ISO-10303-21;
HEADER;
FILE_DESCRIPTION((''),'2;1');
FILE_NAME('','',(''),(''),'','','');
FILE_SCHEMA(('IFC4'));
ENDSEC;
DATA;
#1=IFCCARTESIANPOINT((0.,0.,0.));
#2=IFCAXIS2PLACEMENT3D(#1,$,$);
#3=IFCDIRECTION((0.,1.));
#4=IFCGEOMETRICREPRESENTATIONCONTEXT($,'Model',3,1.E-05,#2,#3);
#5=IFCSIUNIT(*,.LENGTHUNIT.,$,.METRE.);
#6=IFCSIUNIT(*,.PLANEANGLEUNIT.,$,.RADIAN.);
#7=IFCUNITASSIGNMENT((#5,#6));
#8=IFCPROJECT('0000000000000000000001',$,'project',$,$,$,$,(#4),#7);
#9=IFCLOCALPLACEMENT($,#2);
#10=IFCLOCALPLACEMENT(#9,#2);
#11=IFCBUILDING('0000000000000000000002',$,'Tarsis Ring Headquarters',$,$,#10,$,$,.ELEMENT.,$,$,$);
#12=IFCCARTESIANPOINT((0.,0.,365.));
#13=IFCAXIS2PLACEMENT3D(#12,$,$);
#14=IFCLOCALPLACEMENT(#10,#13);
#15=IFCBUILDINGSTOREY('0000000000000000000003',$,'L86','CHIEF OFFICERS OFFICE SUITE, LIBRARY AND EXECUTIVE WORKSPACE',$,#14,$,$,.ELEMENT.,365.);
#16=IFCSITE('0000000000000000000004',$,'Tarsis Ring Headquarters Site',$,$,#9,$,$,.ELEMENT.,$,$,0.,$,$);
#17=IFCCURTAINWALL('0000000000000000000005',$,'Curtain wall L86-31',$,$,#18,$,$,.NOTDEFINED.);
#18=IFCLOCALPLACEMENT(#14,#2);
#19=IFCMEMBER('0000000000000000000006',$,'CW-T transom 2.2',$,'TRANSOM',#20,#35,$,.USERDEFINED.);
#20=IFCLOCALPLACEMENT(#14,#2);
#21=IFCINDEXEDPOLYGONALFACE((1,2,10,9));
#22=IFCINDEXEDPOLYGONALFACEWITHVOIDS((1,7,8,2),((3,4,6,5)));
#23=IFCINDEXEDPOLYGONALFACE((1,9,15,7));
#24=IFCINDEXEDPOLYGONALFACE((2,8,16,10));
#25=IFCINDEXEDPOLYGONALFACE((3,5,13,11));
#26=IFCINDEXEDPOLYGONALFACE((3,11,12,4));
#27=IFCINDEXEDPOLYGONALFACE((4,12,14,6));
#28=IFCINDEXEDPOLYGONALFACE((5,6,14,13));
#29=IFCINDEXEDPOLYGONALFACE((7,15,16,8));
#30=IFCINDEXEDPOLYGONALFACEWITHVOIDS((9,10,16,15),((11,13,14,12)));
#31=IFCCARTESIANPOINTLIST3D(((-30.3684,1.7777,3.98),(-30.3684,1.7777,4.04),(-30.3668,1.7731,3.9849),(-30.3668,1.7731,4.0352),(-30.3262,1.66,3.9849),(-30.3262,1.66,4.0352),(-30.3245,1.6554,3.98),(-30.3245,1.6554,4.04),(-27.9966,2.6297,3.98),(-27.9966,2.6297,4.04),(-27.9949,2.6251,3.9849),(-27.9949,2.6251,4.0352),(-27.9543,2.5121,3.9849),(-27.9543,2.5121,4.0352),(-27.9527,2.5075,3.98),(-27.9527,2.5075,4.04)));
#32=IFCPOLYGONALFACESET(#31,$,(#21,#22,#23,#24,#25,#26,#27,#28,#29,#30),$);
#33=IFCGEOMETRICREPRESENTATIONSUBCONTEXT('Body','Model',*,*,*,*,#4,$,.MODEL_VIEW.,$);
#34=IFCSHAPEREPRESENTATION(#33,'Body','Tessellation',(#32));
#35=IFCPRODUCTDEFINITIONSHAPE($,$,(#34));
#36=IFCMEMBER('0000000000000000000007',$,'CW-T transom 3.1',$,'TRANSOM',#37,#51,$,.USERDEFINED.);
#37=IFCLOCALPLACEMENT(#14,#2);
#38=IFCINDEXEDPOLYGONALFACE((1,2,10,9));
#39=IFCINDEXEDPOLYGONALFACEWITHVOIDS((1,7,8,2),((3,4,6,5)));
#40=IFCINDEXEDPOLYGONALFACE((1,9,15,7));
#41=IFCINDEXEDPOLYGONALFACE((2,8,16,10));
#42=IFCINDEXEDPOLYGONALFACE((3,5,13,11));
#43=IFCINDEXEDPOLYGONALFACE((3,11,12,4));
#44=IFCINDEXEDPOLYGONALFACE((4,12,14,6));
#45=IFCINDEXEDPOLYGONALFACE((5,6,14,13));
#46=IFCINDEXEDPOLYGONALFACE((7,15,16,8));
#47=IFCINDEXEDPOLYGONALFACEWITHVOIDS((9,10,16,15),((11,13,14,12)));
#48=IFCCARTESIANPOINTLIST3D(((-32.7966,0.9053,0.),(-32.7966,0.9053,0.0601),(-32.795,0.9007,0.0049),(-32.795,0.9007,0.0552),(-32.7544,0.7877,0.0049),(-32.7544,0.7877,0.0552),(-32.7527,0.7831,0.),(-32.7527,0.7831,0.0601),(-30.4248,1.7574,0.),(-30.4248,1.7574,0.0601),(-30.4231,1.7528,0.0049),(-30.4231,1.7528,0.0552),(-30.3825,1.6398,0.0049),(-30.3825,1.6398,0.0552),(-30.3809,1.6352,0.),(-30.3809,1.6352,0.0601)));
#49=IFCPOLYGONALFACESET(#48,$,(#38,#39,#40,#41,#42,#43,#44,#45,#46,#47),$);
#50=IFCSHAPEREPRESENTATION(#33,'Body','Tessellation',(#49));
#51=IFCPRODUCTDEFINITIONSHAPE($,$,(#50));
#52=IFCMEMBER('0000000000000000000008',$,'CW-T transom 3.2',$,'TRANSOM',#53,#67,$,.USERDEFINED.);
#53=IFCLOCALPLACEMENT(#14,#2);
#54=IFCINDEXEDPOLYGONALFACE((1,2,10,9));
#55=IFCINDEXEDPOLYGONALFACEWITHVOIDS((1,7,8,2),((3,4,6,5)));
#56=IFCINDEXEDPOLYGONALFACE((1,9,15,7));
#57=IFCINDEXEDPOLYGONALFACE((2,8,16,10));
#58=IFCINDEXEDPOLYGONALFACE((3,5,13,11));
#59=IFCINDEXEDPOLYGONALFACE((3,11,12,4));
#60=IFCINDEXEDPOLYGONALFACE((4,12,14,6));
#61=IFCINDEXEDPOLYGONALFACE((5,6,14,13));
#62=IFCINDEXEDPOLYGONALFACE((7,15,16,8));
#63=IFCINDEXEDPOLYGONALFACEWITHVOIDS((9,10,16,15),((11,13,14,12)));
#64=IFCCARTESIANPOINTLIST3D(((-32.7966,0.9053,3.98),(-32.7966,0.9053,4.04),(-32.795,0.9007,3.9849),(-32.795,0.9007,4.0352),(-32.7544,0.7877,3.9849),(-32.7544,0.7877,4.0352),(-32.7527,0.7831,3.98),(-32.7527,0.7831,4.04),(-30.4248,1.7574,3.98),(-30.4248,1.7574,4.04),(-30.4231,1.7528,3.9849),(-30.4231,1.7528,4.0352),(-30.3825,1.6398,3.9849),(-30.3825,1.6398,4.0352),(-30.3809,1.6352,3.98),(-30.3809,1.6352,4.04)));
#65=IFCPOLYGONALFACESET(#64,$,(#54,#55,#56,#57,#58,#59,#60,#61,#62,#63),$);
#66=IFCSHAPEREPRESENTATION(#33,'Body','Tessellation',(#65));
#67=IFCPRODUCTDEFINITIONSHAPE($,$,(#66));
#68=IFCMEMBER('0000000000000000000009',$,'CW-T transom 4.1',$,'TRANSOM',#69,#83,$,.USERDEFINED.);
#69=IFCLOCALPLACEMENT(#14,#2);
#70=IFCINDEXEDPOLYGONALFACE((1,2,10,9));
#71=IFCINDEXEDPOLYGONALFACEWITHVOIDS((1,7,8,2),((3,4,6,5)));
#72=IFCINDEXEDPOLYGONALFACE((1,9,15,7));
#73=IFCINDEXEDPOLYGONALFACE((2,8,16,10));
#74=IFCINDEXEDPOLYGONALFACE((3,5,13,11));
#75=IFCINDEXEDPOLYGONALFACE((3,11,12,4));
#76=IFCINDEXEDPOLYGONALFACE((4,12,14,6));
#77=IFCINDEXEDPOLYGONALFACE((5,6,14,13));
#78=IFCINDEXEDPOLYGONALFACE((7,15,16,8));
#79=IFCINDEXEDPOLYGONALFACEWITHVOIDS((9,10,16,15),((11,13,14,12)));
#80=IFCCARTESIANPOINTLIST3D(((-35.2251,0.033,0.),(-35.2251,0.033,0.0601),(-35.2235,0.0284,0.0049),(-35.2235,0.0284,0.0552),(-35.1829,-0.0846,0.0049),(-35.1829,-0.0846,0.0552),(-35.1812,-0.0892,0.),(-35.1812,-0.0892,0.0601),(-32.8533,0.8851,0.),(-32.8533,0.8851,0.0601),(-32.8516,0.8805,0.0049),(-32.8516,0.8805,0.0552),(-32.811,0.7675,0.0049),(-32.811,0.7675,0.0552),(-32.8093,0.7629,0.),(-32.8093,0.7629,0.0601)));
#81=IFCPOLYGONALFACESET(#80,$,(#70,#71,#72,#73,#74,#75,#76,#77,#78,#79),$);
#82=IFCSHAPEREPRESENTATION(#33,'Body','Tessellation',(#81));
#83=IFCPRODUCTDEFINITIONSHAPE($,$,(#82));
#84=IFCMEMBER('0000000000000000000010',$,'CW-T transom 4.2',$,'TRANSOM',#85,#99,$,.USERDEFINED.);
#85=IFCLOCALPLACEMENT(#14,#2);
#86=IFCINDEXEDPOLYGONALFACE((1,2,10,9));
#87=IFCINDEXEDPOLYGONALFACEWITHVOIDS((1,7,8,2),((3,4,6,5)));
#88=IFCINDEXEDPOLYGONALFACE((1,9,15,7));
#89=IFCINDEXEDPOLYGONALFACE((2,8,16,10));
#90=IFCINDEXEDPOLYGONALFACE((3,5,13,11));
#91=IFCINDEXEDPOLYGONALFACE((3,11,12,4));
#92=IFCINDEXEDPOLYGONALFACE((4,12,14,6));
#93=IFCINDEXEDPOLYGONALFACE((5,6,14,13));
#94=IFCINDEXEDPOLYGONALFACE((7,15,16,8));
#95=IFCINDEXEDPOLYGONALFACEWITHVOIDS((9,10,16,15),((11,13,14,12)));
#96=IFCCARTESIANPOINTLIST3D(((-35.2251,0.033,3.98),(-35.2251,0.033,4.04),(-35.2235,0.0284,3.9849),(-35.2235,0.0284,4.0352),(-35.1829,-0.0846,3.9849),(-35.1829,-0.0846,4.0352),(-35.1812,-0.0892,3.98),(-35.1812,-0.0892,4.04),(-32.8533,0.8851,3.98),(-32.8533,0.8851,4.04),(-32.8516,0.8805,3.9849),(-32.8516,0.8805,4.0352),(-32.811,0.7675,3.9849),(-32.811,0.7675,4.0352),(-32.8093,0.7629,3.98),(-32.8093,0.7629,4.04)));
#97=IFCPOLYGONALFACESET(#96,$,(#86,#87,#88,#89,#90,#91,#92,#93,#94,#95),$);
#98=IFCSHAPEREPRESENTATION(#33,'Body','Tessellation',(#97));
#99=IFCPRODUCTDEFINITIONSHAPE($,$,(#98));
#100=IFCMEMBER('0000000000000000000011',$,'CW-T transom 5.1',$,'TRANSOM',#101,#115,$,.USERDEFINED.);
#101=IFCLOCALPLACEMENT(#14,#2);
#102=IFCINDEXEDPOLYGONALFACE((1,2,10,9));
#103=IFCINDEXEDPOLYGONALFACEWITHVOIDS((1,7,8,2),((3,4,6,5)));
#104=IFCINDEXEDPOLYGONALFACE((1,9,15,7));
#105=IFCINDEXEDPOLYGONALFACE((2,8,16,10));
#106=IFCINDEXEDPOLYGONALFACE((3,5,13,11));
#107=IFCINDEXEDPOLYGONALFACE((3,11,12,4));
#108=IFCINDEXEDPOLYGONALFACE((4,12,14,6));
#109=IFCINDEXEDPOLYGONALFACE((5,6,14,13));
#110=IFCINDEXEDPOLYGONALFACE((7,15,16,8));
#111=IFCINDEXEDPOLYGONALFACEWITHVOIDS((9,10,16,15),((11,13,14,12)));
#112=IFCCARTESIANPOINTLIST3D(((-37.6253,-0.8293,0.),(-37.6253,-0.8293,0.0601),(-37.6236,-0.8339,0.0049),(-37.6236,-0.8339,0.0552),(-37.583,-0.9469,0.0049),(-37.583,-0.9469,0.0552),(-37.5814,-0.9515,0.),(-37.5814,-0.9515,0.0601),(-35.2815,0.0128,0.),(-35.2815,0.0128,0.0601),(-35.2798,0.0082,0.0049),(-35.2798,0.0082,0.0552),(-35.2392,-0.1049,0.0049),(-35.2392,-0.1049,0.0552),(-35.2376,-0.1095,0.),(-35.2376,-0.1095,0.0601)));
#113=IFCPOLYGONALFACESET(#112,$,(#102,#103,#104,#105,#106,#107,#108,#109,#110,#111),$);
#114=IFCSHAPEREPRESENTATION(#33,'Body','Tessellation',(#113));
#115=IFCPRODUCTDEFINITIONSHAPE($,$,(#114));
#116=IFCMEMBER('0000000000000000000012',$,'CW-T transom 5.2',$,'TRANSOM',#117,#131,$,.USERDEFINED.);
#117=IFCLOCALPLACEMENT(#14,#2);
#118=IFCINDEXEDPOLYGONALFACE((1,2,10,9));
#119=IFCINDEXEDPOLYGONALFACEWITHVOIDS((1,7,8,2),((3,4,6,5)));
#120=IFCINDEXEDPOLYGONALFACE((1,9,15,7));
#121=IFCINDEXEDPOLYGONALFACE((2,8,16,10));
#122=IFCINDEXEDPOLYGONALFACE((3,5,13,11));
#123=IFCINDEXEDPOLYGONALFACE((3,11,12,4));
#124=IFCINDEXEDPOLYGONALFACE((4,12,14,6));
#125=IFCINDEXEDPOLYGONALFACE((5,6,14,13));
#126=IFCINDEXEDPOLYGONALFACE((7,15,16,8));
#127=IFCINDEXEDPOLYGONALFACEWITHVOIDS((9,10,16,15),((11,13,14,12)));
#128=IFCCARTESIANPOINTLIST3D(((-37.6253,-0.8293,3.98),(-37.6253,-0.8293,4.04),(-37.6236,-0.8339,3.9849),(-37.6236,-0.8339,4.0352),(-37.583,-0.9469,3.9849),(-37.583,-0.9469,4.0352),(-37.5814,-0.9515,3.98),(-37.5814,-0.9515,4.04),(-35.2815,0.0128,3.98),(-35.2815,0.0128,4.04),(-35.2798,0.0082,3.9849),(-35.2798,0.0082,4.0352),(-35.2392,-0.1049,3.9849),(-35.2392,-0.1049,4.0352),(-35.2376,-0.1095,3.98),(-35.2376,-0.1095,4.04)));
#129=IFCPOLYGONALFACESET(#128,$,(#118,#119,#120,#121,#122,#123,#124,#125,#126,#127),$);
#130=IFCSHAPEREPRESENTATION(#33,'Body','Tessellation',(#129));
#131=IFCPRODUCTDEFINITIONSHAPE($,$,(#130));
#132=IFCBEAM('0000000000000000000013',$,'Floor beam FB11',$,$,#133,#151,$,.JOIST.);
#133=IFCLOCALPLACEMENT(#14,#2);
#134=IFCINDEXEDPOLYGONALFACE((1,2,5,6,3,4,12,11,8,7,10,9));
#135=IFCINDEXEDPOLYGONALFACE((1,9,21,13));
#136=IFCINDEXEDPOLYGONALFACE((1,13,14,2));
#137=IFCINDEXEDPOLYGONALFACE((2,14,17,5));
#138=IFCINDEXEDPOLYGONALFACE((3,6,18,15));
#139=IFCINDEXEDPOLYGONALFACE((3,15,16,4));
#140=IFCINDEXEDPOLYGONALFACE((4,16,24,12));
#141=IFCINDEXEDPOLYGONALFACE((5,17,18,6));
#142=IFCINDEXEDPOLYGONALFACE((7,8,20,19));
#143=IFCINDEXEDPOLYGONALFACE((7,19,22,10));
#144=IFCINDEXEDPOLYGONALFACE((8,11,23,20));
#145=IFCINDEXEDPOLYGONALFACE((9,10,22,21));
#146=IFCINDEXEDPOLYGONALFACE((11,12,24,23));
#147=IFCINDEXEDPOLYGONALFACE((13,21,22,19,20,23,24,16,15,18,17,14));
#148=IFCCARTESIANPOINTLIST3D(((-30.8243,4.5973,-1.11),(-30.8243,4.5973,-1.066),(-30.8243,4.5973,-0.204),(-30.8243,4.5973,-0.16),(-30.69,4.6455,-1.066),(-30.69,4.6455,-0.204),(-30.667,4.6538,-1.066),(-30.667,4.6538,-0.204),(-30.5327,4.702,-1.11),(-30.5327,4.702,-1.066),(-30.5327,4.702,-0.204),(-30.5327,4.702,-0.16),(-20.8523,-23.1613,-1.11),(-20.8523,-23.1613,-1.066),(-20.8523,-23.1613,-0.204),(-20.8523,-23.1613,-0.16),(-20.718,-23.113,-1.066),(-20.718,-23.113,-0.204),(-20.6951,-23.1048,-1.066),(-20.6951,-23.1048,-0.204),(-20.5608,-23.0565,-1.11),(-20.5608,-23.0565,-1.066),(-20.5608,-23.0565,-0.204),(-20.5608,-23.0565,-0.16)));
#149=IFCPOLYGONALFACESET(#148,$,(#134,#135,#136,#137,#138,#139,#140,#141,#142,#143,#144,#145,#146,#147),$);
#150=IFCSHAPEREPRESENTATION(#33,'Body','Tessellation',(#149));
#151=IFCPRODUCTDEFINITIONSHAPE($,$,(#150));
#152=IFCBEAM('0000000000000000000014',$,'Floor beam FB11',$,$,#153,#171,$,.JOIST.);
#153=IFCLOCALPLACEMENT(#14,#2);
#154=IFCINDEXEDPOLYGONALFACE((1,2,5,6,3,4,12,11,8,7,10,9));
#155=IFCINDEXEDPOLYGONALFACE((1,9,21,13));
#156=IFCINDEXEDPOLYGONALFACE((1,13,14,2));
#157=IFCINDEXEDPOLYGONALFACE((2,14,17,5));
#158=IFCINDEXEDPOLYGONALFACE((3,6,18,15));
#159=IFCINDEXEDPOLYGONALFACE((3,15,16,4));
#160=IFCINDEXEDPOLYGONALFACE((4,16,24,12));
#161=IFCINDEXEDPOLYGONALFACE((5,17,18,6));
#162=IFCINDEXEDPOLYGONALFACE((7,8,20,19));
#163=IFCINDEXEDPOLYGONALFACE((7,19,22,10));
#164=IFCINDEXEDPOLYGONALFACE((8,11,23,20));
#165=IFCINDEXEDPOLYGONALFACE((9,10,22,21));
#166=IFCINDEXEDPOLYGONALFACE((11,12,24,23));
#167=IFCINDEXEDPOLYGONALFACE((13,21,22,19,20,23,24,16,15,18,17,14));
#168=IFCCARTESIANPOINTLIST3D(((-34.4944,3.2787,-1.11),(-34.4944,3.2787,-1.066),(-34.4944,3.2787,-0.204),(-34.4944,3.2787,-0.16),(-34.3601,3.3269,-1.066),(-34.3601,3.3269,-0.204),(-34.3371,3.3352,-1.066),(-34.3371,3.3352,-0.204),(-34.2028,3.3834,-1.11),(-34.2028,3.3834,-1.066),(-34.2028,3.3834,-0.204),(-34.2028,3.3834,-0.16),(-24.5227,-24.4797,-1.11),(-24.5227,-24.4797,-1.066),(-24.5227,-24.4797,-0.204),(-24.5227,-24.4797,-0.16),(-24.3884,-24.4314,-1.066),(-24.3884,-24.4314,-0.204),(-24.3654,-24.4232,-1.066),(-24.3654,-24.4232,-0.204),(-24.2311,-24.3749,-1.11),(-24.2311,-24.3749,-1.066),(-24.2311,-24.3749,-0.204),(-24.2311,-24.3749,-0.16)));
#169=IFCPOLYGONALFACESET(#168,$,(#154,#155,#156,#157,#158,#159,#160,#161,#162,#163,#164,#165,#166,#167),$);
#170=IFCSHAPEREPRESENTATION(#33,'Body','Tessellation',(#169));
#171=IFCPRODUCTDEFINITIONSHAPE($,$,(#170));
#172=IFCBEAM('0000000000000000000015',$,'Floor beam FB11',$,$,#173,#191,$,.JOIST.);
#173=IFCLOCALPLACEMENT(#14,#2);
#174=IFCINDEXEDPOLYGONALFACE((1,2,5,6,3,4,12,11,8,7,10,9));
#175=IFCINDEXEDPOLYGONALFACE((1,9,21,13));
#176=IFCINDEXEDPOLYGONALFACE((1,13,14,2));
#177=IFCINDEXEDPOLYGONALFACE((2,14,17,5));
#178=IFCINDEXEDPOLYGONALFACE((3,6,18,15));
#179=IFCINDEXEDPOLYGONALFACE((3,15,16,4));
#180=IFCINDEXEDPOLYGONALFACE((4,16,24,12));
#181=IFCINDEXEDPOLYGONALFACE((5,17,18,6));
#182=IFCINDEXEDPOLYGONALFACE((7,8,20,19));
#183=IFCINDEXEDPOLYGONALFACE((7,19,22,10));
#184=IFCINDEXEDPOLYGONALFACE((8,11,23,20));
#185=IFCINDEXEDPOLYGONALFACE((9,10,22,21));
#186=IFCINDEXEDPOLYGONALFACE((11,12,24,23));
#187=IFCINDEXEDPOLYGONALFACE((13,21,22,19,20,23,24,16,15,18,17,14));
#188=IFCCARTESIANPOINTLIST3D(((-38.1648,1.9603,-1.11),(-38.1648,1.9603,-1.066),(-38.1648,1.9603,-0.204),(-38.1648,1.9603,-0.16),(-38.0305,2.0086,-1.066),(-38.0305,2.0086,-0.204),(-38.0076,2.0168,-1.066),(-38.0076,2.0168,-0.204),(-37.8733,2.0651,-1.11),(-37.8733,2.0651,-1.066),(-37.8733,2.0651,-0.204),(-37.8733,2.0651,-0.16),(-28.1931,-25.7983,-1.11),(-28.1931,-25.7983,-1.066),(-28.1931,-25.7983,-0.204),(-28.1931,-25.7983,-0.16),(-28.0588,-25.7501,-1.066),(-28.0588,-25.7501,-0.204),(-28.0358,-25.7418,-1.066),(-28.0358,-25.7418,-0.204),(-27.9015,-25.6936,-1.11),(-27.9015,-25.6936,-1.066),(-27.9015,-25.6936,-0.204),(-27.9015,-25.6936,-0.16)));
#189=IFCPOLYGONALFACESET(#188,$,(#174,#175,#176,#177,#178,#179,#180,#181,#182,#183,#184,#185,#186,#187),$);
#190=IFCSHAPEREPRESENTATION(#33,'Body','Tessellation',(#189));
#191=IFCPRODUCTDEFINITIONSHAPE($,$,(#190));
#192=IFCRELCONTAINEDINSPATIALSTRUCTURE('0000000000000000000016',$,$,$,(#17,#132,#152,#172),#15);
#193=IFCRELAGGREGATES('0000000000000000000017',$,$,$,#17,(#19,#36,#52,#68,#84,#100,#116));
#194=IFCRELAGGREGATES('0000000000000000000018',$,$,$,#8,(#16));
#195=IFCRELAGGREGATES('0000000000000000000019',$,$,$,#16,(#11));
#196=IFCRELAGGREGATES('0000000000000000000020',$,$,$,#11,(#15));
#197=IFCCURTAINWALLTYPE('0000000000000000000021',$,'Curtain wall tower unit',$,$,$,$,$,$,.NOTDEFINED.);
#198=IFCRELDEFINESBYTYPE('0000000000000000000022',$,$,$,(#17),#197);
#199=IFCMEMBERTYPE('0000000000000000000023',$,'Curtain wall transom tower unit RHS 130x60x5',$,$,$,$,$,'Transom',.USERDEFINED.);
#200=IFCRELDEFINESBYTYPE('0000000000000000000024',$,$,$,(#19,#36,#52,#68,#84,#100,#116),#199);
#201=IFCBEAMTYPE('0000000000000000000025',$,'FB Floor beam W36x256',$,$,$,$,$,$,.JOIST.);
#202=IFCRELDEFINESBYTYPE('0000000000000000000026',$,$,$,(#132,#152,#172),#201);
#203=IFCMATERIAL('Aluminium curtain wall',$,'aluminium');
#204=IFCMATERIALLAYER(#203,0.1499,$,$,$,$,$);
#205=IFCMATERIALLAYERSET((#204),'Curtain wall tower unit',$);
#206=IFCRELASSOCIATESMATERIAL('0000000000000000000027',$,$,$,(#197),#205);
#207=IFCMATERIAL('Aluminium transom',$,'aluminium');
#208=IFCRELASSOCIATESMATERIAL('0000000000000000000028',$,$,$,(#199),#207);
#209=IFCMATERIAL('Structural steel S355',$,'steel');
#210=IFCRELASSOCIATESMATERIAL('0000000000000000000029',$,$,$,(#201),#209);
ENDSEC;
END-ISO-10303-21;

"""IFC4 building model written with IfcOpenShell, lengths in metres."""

from ifc_helpers import new_model, si_unit, direction, frame, origin, origin_2d, place, context, subcontext, project, spatial, hollow_rectangle, i_section, extrude, material, layer, layer_set, material_profile, profile_set, type_object, element, aggregate, save


model = new_model("IFC4")

# Units and contexts
model_context = context("Model", 3, precision=1e-05, world=origin(), true_north=direction((0.0, 1.0)))
body_context = subcontext(model_context, "Body", "Model", "MODEL_VIEW")
ifc_project = project(units=[si_unit("LENGTHUNIT", "METRE"), si_unit("PLANEANGLEUNIT", "RADIAN")], contexts=[model_context])

# Site, building, storey
site_placement = place(None, origin())
site = spatial("IfcSite", under=ifc_project, at=site_placement, Name="Tarsis Ring Headquarters Site", CompositionType="ELEMENT", RefElevation=0.0)
building_placement = place(site_placement, origin())
building = spatial("IfcBuilding", under=site, at=building_placement, Name="Tarsis Ring Headquarters", CompositionType="ELEMENT")
storey_placement = place(building_placement, frame((0.0, 0.0, 365.0)))
storey = spatial("IfcBuildingStorey", under=building, at=storey_placement, Name="L86", Description="CHIEF OFFICERS OFFICE SUITE, LIBRARY AND EXECUTIVE WORKSPACE", CompositionType="ELEMENT", Elevation=365.0)

# Shared definitions
ifc_material_1 = material(Name="Structural steel S355", Category="steel")

# Curtain wall, members
ifc_material_2 = material(Name="Aluminium curtain wall", Category="aluminium")
ifc_layer_1 = layer(ifc_material_2, 0.1499)
ifc_layer_set_1 = layer_set([ifc_layer_1], Name="Curtain wall tower unit")
curtain_wall_type = type_object("IfcCurtainWallType", Name="Curtain wall tower unit", PredefinedType="NOTDEFINED", material=ifc_layer_set_1)
curtain_wall_placement = place(storey_placement, origin())
curtain_wall = element("IfcCurtainWall", 1, at=curtain_wall_placement, inside=storey, type_object=curtain_wall_type, Name="Curtain wall L86-31", PredefinedType="NOTDEFINED")
ifc_material_3 = material(Name="Aluminium transom", Category="aluminium")
ifc_material_profile_1 = material_profile(ifc_material_3, hollow_rectangle(XDim=0.1299, YDim=0.0601, WallThickness=0.0049, at=origin_2d()), Name="RHS 130x60x5")
ifc_profile_set_1 = profile_set([ifc_material_profile_1], Name="Aluminium transom")
member_type_1 = type_object("IfcMemberType", Name="Curtain wall transom tower unit RHS 130x60x5", ElementType="Transom", PredefinedType="USERDEFINED", material=ifc_profile_set_1)
member_1_placement = place(storey_placement, frame((-27.9746, 2.5686, 4.01), z_axis=(-0.941116, -0.338085, 0.0), x_axis=(0.338085, -0.941116, 0.0)))
member_1 = element("IfcMember", 2, at=member_1_placement, type_object=member_type_1, Name="CW-T transom 2.2", ObjectType="TRANSOM", PredefinedType="USERDEFINED", context=body_context, shape_type="SweptSolid", body=[
    extrude(hollow_rectangle(XDim=0.1299, YDim=0.0601, WallThickness=0.0049, at=origin_2d()), origin(), (0.0, 0.0, 1.0), 2.5203),
])
member_2_placement = place(storey_placement, frame((-30.4028, 1.6963, 0.03), z_axis=(-0.941116, -0.338085, 0.0), x_axis=(0.338085, -0.941116, 0.0)))
member_2 = element("IfcMember", 3, at=member_2_placement, type_object=member_type_1, Name="CW-T transom 3.1", ObjectType="TRANSOM", PredefinedType="USERDEFINED", context=body_context, shape_type="SweptSolid", body=[
    extrude(hollow_rectangle(XDim=0.1299, YDim=0.0601, WallThickness=0.0049, at=origin_2d()), origin(), (0.0, 0.0, 1.0), 2.5203),
])
member_3_placement = place(storey_placement, frame((-30.4028, 1.6963, 4.01), z_axis=(-0.941116, -0.338085, 0.0), x_axis=(0.338085, -0.941116, 0.0)))
member_3 = element("IfcMember", 4, at=member_3_placement, type_object=member_type_1, Name="CW-T transom 3.2", ObjectType="TRANSOM", PredefinedType="USERDEFINED", context=body_context, shape_type="SweptSolid", body=[
    extrude(hollow_rectangle(XDim=0.1299, YDim=0.0601, WallThickness=0.0049, at=origin_2d()), origin(), (0.0, 0.0, 1.0), 2.5203),
])
member_4_placement = place(storey_placement, frame((-32.8313, 0.824, 0.03), z_axis=(-0.941116, -0.338085, 0.0), x_axis=(0.338085, -0.941116, 0.0)))
member_4 = element("IfcMember", 5, at=member_4_placement, type_object=member_type_1, Name="CW-T transom 4.1", ObjectType="TRANSOM", PredefinedType="USERDEFINED", context=body_context, shape_type="SweptSolid", body=[
    extrude(hollow_rectangle(XDim=0.1299, YDim=0.0601, WallThickness=0.0049, at=origin_2d()), origin(), (0.0, 0.0, 1.0), 2.5203),
])
member_5_placement = place(storey_placement, frame((-32.8313, 0.824, 4.01), z_axis=(-0.941116, -0.338085, 0.0), x_axis=(0.338085, -0.941116, 0.0)))
member_5 = element("IfcMember", 6, at=member_5_placement, type_object=member_type_1, Name="CW-T transom 4.2", ObjectType="TRANSOM", PredefinedType="USERDEFINED", context=body_context, shape_type="SweptSolid", body=[
    extrude(hollow_rectangle(XDim=0.1299, YDim=0.0601, WallThickness=0.0049, at=origin_2d()), origin(), (0.0, 0.0, 1.0), 2.5203),
])
member_6_placement = place(storey_placement, frame((-35.2595, -0.0483, 0.03), z_axis=(-0.941106, -0.338112, 0.0), x_axis=(0.338112, -0.941106, 0.0)))
member_6 = element("IfcMember", 7, at=member_6_placement, type_object=member_type_1, Name="CW-T transom 5.1", ObjectType="TRANSOM", PredefinedType="USERDEFINED", context=body_context, shape_type="SweptSolid", body=[
    extrude(hollow_rectangle(XDim=0.1299, YDim=0.0601, WallThickness=0.0049, at=origin_2d()), origin(), (0.0, 0.0, 1.0), 2.4905),
])
member_7_placement = place(storey_placement, frame((-35.2595, -0.0483, 4.01), z_axis=(-0.941106, -0.338112, 0.0), x_axis=(0.338112, -0.941106, 0.0)))
member_7 = element("IfcMember", 8, at=member_7_placement, type_object=member_type_1, Name="CW-T transom 5.2", ObjectType="TRANSOM", PredefinedType="USERDEFINED", context=body_context, shape_type="SweptSolid", body=[
    extrude(hollow_rectangle(XDim=0.1299, YDim=0.0601, WallThickness=0.0049, at=origin_2d()), origin(), (0.0, 0.0, 1.0), 2.4905),
])

# Beams
ifc_material_profile_2 = material_profile(ifc_material_1, i_section(OverallWidth=0.3098, OverallDepth=0.95, WebThickness=0.0244, FlangeThickness=0.0439, at=origin_2d()), Name="W36x256")
ifc_profile_set_2 = profile_set([ifc_material_profile_2], Name="Structural steel S355")
beam_type_1 = type_object("IfcBeamType", Name="FB Floor beam W36x256", PredefinedType="JOIST", material=ifc_profile_set_2)
beam_1_placement = place(storey_placement, frame((-30.6785, 4.6497, -0.635), z_axis=(0.338085, -0.941116, 0.0), x_axis=(0.941116, 0.338085, 0.0)))
element("IfcBeam", 9, at=beam_1_placement, inside=storey, type_object=beam_type_1, Name="Floor beam FB11", PredefinedType="JOIST", context=body_context, shape_type="SweptSolid", body=[
    extrude(i_section(OverallWidth=0.3098, OverallDepth=0.95, WebThickness=0.0244, FlangeThickness=0.0439, at=origin_2d()), origin(), (0.0, 0.0, 1.0), 29.4954),
])
beam_2_placement = place(storey_placement, frame((-34.3486, 3.3311, -0.635), z_axis=(0.33808, -0.941117, 0.0), x_axis=(0.941117, 0.33808, 0.0)))
element("IfcBeam", 10, at=beam_2_placement, inside=storey, type_object=beam_type_1, Name="Floor beam FB11", PredefinedType="JOIST", context=body_context, shape_type="SweptSolid", body=[
    extrude(i_section(OverallWidth=0.3098, OverallDepth=0.95, WebThickness=0.0244, FlangeThickness=0.0439, at=origin_2d()), origin(), (0.0, 0.0, 1.0), 29.4951),
])
for number, where, z_axis, x_axis, name in (
    (11, (-38.019, 2.0127, -0.635), (0.338077, -0.941118, 0.0), (0.941118, 0.338077, 0.0), "Floor beam FB11"),
):
    element("IfcBeam", number, at=place(storey_placement, frame(where, z_axis=z_axis, x_axis=x_axis)), inside=storey, type_object=beam_type_1, Name=name, PredefinedType="JOIST", context=body_context, shape_type="SweptSolid", body=[
        extrude(i_section(OverallWidth=0.3098, OverallDepth=0.95, WebThickness=0.0244, FlangeThickness=0.0439, at=origin_2d()), origin(), (0.0, 0.0, 1.0), 29.4954),
    ])

aggregate(curtain_wall, [member_1, member_2, member_3, member_4, member_5, member_6, member_7])

save(model, "model.ifc")
